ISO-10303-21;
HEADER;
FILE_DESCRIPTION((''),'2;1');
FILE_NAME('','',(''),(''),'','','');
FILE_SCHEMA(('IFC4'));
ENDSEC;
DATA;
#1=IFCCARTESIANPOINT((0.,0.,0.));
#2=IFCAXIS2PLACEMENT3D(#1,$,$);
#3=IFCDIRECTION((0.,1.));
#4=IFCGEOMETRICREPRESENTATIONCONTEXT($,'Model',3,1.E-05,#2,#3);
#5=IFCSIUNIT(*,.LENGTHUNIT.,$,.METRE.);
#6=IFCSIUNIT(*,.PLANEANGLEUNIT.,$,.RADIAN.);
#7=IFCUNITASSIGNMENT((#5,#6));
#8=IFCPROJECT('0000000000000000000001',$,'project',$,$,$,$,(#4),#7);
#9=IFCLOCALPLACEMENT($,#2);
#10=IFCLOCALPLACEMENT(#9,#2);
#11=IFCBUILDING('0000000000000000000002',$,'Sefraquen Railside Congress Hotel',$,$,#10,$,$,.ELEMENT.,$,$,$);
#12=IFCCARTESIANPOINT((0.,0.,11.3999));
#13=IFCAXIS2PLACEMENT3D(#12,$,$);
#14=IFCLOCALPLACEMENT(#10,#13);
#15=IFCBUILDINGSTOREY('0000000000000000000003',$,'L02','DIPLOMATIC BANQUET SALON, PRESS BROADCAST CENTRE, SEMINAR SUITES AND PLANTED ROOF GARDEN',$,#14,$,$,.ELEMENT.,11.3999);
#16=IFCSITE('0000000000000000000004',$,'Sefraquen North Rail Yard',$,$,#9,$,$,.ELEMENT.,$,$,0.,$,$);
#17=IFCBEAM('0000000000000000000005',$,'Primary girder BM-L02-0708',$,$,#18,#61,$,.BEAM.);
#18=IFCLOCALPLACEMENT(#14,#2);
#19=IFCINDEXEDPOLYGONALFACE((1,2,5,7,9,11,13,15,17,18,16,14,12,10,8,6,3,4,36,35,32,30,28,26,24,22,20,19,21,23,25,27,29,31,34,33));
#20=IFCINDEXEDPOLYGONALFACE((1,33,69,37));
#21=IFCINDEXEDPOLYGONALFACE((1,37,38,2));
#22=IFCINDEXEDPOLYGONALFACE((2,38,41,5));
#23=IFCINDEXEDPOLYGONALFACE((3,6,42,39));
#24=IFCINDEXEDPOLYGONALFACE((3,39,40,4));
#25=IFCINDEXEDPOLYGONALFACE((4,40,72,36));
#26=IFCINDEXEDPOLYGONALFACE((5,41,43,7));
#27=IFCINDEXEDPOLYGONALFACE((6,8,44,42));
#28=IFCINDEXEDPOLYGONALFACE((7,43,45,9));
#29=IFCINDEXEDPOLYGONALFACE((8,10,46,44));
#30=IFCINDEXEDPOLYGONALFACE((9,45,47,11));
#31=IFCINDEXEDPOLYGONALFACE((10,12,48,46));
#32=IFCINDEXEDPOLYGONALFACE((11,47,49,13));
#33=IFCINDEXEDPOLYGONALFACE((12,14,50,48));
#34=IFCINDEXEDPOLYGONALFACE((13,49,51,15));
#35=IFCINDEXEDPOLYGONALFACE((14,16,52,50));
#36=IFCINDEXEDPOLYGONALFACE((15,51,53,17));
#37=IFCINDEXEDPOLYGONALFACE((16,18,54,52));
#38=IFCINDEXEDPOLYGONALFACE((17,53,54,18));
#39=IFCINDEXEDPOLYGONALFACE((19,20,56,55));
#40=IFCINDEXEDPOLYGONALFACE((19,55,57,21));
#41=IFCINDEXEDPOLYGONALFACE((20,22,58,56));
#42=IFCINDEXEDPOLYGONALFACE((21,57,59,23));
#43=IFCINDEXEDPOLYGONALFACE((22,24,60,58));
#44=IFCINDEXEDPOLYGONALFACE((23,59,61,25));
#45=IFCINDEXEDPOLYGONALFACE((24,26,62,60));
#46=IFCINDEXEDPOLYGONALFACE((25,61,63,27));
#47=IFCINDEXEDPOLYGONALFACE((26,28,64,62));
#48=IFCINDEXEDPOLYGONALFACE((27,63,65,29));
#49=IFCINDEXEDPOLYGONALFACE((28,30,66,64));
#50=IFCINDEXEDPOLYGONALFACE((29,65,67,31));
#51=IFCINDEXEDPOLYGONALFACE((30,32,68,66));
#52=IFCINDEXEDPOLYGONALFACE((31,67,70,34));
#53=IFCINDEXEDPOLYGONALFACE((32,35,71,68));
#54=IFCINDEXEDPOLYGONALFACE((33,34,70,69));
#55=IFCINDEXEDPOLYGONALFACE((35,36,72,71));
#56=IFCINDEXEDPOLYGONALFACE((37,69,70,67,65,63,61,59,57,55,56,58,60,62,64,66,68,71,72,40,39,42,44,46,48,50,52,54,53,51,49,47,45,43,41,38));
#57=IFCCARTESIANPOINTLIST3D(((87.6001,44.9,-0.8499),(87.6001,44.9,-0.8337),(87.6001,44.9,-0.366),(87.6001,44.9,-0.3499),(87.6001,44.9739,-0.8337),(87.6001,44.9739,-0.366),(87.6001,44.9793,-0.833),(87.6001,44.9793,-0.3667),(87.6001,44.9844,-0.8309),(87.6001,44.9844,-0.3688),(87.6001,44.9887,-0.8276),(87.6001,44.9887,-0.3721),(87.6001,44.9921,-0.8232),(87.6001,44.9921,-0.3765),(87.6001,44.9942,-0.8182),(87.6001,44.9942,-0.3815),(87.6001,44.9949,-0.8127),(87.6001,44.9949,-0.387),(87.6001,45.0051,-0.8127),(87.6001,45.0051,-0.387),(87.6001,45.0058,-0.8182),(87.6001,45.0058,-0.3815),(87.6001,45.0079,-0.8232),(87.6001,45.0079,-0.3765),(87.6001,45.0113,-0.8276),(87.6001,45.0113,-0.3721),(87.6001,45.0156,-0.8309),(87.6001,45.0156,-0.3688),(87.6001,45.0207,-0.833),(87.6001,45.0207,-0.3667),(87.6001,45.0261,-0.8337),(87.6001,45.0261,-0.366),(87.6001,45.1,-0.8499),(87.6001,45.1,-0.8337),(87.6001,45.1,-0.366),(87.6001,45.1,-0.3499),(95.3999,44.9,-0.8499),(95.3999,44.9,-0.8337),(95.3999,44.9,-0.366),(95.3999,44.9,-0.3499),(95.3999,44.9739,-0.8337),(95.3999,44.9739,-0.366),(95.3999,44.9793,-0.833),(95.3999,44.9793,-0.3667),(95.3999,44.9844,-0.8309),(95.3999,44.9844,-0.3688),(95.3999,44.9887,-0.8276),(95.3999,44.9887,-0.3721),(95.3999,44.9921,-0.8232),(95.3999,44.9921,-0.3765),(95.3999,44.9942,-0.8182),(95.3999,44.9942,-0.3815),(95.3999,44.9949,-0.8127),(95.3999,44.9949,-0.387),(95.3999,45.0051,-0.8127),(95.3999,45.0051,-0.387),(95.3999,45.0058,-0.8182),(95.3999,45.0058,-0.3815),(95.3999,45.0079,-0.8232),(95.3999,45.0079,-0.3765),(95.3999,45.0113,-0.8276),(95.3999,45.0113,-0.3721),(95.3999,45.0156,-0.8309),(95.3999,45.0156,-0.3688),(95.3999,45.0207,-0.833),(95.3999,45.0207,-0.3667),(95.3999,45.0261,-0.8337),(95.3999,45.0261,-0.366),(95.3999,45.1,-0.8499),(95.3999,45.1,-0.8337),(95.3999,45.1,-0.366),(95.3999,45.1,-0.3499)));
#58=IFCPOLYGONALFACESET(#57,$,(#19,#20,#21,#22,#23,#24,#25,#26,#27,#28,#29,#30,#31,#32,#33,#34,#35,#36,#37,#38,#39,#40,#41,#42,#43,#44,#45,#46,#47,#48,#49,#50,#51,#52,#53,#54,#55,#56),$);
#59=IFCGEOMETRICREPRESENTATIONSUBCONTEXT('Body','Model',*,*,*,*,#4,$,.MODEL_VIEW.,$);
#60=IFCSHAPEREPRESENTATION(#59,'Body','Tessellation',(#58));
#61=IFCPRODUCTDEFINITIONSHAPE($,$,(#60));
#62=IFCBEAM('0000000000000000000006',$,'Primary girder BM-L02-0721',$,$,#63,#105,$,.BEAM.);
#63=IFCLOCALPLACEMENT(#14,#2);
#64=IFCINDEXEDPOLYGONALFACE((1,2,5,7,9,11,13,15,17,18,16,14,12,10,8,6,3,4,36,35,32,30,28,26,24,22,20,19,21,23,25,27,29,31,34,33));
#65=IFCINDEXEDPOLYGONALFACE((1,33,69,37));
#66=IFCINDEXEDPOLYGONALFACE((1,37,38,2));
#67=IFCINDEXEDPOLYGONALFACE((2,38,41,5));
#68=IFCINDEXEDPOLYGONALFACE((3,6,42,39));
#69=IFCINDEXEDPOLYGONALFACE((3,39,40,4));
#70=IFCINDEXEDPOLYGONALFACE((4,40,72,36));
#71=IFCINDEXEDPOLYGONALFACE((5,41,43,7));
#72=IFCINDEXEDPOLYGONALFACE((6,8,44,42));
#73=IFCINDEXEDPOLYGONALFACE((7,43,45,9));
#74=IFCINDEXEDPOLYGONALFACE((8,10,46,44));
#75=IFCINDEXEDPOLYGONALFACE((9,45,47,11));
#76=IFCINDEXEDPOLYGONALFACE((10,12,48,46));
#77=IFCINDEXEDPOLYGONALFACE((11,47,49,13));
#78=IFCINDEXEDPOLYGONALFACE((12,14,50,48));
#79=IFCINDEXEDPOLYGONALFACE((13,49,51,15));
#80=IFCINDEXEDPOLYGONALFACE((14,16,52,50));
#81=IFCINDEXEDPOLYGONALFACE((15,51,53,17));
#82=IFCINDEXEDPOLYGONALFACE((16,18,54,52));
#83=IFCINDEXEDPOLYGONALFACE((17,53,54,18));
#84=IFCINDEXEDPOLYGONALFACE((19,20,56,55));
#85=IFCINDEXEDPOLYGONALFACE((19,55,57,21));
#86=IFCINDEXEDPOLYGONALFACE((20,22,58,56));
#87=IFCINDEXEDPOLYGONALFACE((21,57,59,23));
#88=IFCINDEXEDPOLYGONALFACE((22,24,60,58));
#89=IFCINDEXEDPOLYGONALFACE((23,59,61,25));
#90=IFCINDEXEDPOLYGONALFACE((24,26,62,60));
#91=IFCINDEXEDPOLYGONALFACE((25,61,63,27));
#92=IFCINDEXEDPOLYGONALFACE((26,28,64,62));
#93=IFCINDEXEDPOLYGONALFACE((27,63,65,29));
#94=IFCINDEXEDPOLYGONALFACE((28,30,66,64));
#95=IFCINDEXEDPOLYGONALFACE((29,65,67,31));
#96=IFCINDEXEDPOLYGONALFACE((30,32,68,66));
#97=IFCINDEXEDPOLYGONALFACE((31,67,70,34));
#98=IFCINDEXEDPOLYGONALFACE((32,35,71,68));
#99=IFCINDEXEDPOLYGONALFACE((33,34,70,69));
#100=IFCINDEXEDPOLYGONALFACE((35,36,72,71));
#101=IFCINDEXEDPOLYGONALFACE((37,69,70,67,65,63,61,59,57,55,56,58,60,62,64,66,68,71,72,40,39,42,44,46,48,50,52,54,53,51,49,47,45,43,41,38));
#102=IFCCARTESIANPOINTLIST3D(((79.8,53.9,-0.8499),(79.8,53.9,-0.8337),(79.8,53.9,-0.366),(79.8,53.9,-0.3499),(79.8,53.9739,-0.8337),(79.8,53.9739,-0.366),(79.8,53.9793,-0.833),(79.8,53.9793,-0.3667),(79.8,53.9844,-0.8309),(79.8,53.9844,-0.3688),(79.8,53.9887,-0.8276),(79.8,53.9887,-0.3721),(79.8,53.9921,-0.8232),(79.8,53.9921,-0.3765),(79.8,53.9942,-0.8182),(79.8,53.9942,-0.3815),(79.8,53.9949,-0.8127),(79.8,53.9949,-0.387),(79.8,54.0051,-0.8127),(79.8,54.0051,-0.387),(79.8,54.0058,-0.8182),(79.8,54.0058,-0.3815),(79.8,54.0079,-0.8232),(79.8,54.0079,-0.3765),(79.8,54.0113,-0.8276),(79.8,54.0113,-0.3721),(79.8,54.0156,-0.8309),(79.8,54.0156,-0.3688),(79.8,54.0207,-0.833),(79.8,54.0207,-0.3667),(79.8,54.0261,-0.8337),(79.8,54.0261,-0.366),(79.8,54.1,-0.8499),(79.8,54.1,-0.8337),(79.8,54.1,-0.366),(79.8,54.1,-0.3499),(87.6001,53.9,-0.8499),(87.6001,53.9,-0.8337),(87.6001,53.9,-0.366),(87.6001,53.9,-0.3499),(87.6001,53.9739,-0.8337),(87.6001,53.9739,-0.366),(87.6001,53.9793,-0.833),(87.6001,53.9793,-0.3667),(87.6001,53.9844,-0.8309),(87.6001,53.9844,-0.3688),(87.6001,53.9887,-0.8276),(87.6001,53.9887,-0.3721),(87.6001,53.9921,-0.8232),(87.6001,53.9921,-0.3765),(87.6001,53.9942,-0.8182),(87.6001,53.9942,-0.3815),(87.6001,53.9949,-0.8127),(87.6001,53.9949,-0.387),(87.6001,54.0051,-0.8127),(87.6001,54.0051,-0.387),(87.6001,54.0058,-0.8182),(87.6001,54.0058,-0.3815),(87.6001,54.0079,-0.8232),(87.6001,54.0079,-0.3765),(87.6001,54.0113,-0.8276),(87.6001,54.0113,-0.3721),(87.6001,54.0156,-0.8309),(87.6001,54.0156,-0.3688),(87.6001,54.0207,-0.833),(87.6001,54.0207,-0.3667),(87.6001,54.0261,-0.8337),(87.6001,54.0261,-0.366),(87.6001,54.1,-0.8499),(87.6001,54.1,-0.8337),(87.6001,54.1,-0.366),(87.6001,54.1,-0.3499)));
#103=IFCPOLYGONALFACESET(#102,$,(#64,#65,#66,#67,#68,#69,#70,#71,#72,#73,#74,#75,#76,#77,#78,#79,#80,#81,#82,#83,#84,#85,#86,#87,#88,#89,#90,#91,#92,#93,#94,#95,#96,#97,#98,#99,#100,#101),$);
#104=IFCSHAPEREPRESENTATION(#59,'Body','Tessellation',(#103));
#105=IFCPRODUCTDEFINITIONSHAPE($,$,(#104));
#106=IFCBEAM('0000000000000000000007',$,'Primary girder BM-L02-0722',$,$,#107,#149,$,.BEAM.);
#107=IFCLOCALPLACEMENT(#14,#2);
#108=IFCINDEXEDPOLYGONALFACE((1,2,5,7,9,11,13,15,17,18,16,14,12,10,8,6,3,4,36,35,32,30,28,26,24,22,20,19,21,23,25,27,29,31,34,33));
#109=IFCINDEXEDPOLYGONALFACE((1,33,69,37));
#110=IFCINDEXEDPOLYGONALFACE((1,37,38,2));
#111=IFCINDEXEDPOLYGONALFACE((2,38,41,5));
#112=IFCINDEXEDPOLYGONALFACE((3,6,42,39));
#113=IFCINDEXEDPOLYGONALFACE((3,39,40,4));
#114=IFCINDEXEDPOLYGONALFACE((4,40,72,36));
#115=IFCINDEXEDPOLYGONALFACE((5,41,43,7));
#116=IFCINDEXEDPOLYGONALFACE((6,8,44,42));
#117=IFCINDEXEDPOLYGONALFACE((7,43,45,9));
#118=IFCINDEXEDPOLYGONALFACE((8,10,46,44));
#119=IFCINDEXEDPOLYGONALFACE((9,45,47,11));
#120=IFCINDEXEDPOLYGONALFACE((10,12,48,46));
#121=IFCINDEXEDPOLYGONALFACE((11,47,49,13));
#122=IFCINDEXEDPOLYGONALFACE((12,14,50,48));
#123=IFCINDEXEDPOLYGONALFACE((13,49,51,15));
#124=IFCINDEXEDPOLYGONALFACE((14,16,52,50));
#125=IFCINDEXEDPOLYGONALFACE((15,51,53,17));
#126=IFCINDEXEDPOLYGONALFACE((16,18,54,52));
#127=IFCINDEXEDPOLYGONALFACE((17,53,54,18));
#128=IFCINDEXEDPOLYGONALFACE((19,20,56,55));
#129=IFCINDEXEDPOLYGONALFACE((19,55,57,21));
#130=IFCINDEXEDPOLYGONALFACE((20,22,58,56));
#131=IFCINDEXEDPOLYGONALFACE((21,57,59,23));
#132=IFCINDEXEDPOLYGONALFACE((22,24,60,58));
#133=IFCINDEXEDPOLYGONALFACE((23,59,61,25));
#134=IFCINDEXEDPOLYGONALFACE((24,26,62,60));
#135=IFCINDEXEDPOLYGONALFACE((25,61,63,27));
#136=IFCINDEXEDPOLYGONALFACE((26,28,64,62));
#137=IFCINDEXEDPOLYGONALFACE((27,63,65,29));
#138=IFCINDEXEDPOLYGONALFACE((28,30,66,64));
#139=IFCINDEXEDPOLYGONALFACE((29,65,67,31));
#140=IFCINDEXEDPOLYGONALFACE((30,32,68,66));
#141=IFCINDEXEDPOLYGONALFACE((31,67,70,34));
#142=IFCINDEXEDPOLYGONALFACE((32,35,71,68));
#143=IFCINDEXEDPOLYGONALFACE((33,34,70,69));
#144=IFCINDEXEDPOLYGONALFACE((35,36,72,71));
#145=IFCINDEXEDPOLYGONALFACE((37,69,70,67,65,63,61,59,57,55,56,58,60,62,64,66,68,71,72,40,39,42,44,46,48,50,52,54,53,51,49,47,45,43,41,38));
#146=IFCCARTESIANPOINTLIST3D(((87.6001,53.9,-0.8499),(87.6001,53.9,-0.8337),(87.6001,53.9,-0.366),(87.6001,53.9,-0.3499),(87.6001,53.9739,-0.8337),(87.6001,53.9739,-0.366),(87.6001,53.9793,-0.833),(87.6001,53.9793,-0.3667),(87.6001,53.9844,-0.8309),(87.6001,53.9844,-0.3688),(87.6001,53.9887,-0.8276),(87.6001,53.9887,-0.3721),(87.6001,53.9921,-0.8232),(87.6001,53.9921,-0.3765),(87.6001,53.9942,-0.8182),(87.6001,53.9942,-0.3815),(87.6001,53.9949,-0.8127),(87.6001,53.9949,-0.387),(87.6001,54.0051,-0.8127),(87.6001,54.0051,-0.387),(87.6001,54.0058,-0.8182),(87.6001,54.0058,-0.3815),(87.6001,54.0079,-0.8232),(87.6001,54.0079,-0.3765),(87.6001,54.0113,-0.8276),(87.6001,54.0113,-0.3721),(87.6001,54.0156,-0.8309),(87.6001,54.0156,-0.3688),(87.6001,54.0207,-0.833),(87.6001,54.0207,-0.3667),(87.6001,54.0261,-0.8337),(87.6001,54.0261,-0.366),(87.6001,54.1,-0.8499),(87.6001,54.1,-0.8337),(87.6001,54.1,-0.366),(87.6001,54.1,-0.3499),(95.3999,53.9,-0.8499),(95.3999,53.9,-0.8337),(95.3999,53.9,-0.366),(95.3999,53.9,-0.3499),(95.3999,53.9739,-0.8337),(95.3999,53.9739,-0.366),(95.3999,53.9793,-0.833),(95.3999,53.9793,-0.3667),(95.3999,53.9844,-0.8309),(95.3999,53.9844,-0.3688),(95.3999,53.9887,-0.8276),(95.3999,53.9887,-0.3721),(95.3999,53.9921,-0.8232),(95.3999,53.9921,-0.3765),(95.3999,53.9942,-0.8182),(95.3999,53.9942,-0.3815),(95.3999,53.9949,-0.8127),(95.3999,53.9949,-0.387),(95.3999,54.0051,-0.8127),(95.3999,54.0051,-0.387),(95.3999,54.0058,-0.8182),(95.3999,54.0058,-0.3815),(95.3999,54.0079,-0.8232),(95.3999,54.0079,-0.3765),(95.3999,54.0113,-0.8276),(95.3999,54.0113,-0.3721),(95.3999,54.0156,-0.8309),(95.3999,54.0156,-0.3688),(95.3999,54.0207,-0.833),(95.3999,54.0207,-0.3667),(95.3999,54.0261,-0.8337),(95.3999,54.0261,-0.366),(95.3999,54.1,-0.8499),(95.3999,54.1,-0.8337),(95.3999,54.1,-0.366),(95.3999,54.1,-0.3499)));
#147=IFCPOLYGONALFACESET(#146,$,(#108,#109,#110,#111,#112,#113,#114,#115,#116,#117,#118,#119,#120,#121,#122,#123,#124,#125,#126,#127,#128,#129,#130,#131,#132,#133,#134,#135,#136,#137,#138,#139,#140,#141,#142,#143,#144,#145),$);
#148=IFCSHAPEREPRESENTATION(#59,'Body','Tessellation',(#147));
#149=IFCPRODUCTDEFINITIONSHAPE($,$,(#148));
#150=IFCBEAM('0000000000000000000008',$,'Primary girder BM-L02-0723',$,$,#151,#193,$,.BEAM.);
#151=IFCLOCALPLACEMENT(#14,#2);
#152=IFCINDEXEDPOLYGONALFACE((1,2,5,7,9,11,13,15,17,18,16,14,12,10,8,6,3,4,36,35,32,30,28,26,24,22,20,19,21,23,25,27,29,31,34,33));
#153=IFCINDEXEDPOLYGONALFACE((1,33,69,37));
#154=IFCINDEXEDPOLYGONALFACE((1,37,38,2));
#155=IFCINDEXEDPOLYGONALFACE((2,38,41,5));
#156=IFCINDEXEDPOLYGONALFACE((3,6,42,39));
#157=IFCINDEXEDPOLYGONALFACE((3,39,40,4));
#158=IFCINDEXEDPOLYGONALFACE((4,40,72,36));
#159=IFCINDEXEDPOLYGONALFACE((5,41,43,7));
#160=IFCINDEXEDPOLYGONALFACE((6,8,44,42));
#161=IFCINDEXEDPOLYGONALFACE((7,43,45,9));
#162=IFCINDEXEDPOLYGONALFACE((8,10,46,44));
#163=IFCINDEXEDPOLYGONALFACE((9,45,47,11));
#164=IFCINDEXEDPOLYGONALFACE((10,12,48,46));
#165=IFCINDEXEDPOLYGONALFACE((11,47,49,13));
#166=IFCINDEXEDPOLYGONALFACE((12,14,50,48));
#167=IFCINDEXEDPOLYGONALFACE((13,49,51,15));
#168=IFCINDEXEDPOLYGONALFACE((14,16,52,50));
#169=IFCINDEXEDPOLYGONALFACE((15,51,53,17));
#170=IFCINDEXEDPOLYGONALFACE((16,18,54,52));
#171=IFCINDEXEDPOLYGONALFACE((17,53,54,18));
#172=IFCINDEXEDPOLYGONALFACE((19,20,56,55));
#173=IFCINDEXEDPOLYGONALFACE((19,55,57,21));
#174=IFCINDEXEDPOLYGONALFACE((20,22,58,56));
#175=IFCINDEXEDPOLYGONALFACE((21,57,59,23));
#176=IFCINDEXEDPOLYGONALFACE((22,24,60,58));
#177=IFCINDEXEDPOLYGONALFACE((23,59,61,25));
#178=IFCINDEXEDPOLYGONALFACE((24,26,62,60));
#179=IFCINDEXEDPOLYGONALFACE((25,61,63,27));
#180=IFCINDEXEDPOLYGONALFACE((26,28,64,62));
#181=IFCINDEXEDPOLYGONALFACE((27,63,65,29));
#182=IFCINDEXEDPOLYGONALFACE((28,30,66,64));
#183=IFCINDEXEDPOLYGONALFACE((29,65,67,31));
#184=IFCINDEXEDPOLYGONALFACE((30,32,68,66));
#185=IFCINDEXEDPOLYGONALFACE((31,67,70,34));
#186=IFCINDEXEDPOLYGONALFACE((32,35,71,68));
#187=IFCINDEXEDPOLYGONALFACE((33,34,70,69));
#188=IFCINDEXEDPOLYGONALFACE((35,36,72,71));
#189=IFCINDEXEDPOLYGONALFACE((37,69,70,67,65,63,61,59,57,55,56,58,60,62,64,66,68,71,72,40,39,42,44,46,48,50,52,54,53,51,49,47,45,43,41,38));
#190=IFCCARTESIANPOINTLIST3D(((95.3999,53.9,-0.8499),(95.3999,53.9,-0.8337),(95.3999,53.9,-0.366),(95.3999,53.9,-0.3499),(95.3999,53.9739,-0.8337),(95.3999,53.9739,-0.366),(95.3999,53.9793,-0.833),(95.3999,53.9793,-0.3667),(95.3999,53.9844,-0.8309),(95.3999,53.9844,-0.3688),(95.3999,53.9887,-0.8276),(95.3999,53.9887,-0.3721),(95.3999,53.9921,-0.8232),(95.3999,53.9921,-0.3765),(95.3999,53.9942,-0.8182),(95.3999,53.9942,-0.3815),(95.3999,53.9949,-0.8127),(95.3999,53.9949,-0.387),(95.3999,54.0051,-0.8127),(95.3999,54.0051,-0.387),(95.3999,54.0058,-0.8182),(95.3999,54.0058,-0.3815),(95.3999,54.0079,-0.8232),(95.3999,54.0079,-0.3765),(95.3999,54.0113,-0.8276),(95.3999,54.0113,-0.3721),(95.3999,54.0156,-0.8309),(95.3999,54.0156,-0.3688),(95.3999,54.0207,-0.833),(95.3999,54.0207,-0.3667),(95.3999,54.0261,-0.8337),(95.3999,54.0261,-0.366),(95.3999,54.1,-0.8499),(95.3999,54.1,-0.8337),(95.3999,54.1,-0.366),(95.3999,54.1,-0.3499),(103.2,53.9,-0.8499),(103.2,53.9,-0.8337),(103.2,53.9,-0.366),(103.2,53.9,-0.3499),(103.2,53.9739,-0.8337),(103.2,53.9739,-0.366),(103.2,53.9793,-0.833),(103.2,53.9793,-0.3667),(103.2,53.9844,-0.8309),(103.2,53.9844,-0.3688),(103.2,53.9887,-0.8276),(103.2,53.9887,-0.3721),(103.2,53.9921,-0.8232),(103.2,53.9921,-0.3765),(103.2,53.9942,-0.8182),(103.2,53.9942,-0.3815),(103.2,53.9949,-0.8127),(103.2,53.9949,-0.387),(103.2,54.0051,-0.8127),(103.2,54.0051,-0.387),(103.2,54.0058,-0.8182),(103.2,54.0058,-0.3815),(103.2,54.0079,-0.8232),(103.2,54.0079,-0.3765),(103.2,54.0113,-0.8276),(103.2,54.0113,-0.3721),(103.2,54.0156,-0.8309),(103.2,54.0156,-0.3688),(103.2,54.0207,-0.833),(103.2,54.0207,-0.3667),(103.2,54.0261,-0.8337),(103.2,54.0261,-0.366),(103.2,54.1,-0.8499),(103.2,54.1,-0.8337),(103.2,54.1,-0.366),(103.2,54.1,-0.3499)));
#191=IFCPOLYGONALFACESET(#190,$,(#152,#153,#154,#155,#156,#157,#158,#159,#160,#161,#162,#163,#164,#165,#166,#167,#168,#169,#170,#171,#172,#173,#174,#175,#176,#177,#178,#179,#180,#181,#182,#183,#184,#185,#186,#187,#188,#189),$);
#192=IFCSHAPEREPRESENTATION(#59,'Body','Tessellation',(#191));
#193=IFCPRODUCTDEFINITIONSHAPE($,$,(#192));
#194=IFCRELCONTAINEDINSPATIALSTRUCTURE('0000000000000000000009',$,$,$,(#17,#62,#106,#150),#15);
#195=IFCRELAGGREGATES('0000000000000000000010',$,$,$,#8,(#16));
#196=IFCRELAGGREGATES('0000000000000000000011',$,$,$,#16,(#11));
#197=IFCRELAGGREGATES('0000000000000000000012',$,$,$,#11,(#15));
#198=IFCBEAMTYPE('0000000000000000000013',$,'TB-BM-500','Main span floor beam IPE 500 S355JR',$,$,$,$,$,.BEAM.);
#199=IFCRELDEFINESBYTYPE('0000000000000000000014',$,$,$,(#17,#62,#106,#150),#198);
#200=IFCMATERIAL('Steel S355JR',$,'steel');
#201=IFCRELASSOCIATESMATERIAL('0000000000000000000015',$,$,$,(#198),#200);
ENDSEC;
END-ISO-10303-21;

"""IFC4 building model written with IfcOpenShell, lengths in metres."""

from ifc_helpers import new_model, si_unit, direction, frame, origin, origin_2d, place, context, subcontext, project, spatial, i_section, extrude, material, material_profile, profile_set, type_object, element, save


model = new_model("IFC4")

# Units and contexts
model_context = context("Model", 3, precision=1e-05, world=origin(), true_north=direction((0.0, 1.0)))
body_context = subcontext(model_context, "Body", "Model", "MODEL_VIEW")
ifc_project = project(units=[si_unit("LENGTHUNIT", "METRE"), si_unit("PLANEANGLEUNIT", "RADIAN")], contexts=[model_context])

# Site, building, storey
site_placement = place(None, origin())
site = spatial("IfcSite", under=ifc_project, at=site_placement, Name="Sefraquen North Rail Yard", CompositionType="ELEMENT", RefElevation=0.0)
building_placement = place(site_placement, origin())
building = spatial("IfcBuilding", under=site, at=building_placement, Name="Sefraquen Railside Congress Hotel", CompositionType="ELEMENT")
storey_placement = place(building_placement, frame((0.0, 0.0, 11.3999)))
storey = spatial("IfcBuildingStorey", under=building, at=storey_placement, Name="L02", Description="DIPLOMATIC BANQUET SALON, PRESS BROADCAST CENTRE, SEMINAR SUITES AND PLANTED ROOF GARDEN", CompositionType="ELEMENT", Elevation=11.3999)

# Shared definitions
ifc_material_1 = material(Name="Steel S355JR", Category="steel")

# Beams
ifc_material_profile_1 = material_profile(ifc_material_1, i_section(OverallWidth=0.2, OverallDepth=0.5, WebThickness=0.0103, FlangeThickness=0.0161, FilletRadius=0.021, at=origin_2d()), Name="IPE 500")
ifc_profile_set_1 = profile_set([ifc_material_profile_1], Name="Steel S355JR")
beam_type_1 = type_object("IfcBeamType", Name="TB-BM-500", Description="Main span floor beam IPE 500 S355JR", PredefinedType="BEAM", material=ifc_profile_set_1)
beam_1_placement = place(storey_placement, frame((87.6001, 45.0, -0.5999), z_axis=(1.0, 0.0, 0.0), x_axis=(0.0, 1.0, 0.0)))
element("IfcBeam", 1, at=beam_1_placement, inside=storey, type_object=beam_type_1, Name="Primary girder BM-L02-0708", PredefinedType="BEAM", context=body_context, shape_type="SweptSolid", body=[
    extrude(i_section(OverallWidth=0.2, OverallDepth=0.5, WebThickness=0.0103, FlangeThickness=0.0161, FilletRadius=0.021, at=origin_2d()), origin(), (0.0, 0.0, 1.0), 7.7998),
])
beam_2_placement = place(storey_placement, frame((79.8, 54.0, -0.5999), z_axis=(1.0, 0.0, 0.0), x_axis=(0.0, 1.0, 0.0)))
element("IfcBeam", 2, at=beam_2_placement, inside=storey, type_object=beam_type_1, Name="Primary girder BM-L02-0721", PredefinedType="BEAM", context=body_context, shape_type="SweptSolid", body=[
    extrude(i_section(OverallWidth=0.2, OverallDepth=0.5, WebThickness=0.0103, FlangeThickness=0.0161, FilletRadius=0.021, at=origin_2d()), origin(), (0.0, 0.0, 1.0), 7.8),
])
beam_3_placement = place(storey_placement, frame((87.6001, 54.0, -0.5999), z_axis=(1.0, 0.0, 0.0), x_axis=(0.0, 1.0, 0.0)))
element("IfcBeam", 3, at=beam_3_placement, inside=storey, type_object=beam_type_1, Name="Primary girder BM-L02-0722", PredefinedType="BEAM", context=body_context, shape_type="SweptSolid", body=[
    extrude(i_section(OverallWidth=0.2, OverallDepth=0.5, WebThickness=0.0103, FlangeThickness=0.0161, FilletRadius=0.021, at=origin_2d()), origin(), (0.0, 0.0, 1.0), 7.7998),
])
beam_4_placement = place(storey_placement, frame((95.3999, 54.0, -0.5999), z_axis=(1.0, 0.0, 0.0), x_axis=(0.0, 1.0, 0.0)))
element("IfcBeam", 4, at=beam_4_placement, inside=storey, type_object=beam_type_1, Name="Primary girder BM-L02-0723", PredefinedType="BEAM", context=body_context, shape_type="SweptSolid", body=[
    extrude(i_section(OverallWidth=0.2, OverallDepth=0.5, WebThickness=0.0103, FlangeThickness=0.0161, FilletRadius=0.021, at=origin_2d()), origin(), (0.0, 0.0, 1.0), 7.8),
])

save(model, "model.ifc")
